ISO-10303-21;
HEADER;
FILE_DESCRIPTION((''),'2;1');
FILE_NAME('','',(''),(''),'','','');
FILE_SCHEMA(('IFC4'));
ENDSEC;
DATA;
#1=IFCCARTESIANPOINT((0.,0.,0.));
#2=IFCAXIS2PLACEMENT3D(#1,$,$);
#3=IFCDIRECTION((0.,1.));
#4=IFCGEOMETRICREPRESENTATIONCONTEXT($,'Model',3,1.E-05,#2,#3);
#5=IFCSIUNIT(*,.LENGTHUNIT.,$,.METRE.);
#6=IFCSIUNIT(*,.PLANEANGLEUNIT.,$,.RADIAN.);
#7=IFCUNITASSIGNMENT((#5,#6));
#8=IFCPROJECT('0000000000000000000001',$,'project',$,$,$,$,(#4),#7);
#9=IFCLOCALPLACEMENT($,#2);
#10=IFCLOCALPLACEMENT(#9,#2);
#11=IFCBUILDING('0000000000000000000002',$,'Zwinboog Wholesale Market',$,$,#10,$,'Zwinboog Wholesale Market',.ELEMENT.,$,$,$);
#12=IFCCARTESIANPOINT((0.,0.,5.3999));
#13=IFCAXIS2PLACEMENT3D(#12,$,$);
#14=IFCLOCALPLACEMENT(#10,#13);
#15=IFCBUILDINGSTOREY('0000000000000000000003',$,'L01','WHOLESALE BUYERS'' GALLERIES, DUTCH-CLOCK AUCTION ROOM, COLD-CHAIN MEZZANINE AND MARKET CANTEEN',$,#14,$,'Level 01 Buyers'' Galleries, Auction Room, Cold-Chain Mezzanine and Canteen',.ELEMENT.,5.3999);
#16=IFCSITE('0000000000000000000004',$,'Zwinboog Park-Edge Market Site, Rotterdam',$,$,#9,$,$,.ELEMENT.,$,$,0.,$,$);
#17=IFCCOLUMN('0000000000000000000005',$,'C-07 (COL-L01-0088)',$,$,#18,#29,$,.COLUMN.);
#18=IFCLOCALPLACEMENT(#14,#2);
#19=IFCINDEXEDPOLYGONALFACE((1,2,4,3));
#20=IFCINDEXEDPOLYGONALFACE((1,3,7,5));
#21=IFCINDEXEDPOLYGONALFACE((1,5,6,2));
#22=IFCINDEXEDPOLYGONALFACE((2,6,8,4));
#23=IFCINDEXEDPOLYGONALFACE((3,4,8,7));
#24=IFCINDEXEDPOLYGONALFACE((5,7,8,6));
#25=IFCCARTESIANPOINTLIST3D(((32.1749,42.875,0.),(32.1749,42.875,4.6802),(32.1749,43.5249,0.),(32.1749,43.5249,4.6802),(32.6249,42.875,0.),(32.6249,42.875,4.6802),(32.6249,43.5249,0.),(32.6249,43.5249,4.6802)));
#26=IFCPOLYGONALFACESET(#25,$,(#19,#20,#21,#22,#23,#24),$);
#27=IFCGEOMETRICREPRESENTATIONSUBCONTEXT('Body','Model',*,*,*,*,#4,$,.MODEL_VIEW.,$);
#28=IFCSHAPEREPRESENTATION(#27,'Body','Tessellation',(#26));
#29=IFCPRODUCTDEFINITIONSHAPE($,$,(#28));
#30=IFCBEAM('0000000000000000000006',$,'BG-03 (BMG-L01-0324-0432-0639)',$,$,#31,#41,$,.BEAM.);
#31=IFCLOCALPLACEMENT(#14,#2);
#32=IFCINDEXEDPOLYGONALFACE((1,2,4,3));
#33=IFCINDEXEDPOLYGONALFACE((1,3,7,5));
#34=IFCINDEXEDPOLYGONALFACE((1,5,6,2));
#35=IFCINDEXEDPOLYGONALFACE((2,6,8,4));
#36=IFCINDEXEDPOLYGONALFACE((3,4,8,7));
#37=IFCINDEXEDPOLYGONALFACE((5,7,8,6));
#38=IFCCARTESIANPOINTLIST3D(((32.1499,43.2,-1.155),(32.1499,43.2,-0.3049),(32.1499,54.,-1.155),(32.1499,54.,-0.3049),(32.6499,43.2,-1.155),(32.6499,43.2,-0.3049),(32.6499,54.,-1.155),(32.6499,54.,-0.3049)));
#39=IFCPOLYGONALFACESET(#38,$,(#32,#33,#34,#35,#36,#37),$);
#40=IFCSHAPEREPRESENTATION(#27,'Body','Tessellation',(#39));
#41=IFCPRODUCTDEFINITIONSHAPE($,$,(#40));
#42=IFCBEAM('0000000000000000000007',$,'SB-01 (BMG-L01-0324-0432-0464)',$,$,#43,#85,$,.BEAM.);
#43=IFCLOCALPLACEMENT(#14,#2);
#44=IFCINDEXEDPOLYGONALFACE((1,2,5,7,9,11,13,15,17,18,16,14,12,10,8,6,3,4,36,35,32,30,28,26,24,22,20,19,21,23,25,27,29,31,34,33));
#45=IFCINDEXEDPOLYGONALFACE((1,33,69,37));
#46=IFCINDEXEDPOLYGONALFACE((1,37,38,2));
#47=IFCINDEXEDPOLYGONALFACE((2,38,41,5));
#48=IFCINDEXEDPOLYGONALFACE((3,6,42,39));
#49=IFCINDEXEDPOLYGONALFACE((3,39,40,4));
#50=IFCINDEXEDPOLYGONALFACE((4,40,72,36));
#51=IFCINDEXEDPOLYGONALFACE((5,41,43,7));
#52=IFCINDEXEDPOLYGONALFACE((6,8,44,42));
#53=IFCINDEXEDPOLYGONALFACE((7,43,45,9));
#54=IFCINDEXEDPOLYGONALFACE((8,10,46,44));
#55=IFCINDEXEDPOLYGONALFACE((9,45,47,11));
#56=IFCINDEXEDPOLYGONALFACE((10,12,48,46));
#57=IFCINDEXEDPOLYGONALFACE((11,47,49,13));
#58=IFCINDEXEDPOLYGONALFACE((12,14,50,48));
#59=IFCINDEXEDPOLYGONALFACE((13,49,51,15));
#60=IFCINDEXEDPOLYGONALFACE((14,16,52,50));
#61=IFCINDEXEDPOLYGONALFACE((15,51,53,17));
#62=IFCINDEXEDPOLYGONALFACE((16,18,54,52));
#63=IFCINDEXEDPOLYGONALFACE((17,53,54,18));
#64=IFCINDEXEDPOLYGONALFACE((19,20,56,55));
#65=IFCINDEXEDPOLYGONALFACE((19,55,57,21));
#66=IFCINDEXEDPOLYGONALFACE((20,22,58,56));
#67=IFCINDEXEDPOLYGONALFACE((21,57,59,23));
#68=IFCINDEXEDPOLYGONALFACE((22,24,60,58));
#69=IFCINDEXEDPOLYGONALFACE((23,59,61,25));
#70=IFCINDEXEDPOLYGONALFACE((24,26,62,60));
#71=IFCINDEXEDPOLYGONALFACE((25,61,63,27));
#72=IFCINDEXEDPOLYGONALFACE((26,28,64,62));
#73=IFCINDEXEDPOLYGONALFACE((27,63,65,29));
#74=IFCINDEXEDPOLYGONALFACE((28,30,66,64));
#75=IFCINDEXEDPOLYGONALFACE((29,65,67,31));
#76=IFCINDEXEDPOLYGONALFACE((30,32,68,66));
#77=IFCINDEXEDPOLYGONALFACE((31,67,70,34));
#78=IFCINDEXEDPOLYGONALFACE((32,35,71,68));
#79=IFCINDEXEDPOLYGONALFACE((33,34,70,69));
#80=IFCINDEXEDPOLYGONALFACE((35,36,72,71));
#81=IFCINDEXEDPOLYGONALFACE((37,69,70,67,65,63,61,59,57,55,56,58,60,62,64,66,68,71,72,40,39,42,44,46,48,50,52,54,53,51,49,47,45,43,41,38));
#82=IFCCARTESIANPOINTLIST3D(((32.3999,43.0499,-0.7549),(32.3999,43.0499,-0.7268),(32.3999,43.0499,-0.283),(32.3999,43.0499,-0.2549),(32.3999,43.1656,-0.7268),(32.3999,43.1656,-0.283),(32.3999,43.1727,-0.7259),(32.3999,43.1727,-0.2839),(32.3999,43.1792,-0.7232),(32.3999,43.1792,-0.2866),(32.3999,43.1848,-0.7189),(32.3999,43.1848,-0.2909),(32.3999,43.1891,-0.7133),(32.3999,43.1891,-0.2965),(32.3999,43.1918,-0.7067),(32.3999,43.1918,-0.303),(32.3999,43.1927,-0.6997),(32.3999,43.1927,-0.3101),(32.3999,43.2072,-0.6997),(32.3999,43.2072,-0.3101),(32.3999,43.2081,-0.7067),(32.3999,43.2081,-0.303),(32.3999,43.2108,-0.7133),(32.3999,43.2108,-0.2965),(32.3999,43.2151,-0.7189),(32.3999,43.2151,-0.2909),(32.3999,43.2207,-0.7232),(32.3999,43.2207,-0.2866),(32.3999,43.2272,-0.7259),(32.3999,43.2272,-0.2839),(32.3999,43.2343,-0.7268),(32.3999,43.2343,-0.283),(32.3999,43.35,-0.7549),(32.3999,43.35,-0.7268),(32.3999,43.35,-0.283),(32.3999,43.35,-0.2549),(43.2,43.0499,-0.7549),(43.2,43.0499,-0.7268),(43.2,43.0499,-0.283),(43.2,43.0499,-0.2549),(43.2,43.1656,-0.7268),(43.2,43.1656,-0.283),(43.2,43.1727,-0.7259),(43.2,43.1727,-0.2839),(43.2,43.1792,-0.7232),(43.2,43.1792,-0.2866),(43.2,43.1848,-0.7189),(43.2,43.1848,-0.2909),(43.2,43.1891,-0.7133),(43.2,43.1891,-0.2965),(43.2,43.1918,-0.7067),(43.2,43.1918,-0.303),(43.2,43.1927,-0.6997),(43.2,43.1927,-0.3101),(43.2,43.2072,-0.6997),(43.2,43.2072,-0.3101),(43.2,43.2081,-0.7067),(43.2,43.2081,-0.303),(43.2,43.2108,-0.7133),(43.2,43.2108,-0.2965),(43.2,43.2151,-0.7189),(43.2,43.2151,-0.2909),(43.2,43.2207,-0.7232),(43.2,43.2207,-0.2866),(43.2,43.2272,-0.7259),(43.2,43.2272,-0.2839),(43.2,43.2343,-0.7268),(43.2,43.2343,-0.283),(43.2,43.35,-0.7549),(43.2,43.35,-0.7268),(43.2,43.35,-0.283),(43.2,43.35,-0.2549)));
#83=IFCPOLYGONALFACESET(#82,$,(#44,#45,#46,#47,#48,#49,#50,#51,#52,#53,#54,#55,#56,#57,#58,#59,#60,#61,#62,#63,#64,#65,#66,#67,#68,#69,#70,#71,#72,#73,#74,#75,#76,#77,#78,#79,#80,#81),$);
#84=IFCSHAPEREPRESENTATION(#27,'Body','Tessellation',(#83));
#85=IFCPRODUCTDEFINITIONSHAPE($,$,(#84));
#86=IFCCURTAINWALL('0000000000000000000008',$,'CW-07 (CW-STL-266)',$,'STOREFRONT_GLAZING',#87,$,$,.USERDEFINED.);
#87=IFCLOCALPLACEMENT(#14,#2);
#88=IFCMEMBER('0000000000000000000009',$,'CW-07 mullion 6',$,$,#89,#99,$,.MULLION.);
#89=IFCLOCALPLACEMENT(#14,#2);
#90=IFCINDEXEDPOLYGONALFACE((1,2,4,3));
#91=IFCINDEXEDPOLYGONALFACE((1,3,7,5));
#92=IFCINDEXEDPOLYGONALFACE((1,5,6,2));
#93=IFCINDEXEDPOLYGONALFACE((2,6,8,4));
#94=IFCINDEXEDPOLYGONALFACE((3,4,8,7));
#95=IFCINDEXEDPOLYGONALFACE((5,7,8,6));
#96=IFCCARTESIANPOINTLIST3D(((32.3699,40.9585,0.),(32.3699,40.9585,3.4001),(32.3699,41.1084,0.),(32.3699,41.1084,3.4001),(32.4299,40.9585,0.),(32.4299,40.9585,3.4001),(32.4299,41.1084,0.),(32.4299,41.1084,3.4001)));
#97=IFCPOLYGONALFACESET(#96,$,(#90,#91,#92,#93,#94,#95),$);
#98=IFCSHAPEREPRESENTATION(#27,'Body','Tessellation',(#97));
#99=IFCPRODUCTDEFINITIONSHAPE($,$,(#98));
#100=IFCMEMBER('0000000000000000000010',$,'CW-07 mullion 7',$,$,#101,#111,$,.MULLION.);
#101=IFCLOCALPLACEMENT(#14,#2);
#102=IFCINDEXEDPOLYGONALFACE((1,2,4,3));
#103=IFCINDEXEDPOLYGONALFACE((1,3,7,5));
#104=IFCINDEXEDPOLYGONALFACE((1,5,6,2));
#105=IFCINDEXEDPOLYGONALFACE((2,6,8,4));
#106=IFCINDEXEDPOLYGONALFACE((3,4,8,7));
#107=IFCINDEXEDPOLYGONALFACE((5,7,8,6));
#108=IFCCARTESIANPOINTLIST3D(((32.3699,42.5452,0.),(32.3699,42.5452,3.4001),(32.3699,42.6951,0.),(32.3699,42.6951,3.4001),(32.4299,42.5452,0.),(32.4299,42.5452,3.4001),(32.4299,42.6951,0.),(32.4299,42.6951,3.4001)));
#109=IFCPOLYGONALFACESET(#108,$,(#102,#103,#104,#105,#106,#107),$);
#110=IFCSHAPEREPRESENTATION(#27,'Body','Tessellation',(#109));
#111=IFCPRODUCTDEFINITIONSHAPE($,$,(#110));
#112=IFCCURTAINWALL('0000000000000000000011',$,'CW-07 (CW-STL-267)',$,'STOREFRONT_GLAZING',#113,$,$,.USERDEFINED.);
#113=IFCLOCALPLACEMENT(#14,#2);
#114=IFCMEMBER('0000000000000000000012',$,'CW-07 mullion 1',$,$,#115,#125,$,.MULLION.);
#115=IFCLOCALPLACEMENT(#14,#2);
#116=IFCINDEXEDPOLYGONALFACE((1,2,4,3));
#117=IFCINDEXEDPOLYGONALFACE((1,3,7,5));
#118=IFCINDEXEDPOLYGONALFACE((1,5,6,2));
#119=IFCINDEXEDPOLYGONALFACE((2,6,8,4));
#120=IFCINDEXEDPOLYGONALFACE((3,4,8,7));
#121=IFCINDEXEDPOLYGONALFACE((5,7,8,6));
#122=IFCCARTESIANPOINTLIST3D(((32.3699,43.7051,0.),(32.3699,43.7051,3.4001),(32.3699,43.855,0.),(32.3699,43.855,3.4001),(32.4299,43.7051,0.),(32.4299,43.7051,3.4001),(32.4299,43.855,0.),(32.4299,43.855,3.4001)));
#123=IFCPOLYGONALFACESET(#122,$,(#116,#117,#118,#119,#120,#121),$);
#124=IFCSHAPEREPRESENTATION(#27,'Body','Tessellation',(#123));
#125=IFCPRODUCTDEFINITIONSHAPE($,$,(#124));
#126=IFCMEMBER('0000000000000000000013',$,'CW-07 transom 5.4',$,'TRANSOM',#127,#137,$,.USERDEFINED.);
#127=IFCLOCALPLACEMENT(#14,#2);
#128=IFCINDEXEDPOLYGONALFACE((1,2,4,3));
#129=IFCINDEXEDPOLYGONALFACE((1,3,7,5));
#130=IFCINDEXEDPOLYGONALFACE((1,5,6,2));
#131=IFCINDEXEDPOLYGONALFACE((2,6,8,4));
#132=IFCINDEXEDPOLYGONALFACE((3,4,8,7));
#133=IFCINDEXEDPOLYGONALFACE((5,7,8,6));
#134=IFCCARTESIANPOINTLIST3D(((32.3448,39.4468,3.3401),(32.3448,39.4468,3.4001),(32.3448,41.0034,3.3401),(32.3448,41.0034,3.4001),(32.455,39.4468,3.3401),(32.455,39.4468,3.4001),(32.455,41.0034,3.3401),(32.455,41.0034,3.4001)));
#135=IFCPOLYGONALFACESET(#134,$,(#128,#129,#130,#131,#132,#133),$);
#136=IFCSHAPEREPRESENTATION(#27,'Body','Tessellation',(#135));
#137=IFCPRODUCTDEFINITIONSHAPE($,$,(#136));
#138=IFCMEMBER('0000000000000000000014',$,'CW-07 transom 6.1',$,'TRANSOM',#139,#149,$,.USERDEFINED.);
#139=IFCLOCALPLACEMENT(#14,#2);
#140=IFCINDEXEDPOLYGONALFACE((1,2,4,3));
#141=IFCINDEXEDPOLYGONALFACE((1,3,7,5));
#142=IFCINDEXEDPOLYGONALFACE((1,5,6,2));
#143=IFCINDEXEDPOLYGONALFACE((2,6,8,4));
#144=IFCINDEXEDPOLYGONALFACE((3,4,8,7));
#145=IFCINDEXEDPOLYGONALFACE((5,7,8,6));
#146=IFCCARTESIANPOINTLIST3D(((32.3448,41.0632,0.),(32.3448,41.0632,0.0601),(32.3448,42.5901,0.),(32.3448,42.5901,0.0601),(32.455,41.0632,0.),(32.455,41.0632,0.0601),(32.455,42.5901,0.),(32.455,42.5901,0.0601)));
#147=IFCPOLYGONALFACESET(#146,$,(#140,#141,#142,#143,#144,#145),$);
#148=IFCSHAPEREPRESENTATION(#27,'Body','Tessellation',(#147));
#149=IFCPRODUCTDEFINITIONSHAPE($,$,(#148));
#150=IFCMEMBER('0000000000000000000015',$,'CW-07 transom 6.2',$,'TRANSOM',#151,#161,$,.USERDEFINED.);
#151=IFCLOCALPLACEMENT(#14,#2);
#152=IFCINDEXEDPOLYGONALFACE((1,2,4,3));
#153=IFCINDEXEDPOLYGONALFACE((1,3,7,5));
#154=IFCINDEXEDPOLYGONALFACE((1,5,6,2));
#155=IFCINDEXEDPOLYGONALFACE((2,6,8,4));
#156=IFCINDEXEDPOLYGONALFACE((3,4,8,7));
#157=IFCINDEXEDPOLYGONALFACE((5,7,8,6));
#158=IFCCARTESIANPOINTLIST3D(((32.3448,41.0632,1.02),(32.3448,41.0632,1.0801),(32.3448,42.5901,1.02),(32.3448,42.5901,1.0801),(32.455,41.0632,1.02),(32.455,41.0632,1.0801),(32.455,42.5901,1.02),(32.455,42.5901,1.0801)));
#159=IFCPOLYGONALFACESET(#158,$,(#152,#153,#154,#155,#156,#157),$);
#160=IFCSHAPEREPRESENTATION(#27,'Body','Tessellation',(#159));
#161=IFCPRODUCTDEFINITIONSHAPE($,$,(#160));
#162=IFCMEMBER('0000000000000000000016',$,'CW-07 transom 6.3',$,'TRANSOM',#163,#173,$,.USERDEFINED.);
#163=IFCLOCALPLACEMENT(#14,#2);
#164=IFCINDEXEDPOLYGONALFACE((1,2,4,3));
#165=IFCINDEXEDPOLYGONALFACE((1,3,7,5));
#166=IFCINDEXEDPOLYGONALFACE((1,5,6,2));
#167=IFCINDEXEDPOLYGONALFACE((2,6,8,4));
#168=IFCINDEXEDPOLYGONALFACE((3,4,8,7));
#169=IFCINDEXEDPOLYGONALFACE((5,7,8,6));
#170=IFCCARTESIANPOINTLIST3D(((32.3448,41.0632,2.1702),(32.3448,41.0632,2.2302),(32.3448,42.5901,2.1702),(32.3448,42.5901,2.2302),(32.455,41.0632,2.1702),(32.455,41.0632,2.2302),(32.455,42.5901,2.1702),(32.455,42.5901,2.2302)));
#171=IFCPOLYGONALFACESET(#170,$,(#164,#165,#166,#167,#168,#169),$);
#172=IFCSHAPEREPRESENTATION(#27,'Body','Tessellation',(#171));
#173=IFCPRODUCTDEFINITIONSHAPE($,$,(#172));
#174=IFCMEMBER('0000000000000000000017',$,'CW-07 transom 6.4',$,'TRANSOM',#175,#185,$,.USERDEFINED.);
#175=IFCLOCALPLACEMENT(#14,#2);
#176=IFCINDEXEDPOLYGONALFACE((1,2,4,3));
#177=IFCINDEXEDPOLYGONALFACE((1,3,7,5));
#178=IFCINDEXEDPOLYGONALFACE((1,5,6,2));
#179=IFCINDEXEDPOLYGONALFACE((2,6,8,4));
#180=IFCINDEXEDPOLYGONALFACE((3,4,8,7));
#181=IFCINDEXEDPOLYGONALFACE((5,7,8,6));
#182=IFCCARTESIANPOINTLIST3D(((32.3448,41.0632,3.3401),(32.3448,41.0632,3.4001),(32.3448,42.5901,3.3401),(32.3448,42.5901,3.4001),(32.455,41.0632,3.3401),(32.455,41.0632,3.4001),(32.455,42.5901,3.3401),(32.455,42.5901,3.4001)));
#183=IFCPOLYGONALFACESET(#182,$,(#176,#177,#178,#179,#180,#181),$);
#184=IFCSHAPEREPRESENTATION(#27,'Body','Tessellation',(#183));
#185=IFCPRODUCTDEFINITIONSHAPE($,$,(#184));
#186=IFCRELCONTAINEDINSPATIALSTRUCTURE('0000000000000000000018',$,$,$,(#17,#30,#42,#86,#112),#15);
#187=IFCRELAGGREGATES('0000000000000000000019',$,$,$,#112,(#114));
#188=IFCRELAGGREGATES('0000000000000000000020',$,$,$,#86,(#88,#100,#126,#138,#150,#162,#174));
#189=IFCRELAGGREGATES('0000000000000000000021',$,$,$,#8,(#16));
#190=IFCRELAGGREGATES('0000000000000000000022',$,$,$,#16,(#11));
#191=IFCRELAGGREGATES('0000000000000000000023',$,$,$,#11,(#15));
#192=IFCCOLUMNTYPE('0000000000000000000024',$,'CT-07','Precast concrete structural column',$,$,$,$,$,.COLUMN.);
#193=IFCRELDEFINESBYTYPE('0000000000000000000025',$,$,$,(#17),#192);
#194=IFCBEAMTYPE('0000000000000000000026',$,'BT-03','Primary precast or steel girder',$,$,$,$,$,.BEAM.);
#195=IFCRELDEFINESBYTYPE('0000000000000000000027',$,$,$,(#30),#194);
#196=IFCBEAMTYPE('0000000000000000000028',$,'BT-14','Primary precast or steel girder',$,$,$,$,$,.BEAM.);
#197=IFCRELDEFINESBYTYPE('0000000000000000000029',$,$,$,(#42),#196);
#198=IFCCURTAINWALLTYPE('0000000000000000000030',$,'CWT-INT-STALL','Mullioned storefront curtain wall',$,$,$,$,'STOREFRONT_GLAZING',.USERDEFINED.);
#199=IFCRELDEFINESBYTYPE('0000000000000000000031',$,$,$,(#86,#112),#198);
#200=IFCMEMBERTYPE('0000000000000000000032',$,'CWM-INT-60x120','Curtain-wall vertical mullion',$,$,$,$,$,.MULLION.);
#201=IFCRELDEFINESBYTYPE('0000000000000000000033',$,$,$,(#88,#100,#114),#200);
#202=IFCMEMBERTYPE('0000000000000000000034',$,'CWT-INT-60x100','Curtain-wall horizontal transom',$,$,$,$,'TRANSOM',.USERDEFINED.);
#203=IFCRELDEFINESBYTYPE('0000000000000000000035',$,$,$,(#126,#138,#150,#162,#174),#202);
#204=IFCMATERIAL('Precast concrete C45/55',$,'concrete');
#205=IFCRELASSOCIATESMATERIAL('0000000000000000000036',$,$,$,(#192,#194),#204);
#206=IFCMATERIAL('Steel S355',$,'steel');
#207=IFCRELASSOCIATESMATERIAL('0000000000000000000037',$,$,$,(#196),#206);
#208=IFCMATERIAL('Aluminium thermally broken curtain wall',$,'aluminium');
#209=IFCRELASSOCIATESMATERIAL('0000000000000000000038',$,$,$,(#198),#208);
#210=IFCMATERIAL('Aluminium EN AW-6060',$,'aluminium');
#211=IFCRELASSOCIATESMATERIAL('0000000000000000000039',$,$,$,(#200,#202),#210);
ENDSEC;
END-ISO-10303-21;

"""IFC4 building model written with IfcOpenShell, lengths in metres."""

from ifc_helpers import new_model, si_unit, direction, frame, origin, origin_2d, place, context, subcontext, project, spatial, rectangle, i_section, extrude, material, material_profile, profile_set, type_object, element, aggregate, save


model = new_model("IFC4")

# Units and contexts
model_context = context("Model", 3, precision=1e-05, world=origin(), true_north=direction((0.0, 1.0)))
body_context = subcontext(model_context, "Body", "Model", "MODEL_VIEW")
ifc_project = project(units=[si_unit("LENGTHUNIT", "METRE"), si_unit("PLANEANGLEUNIT", "RADIAN")], contexts=[model_context])

# Site, building, storey
site_placement = place(None, origin())
site = spatial("IfcSite", under=ifc_project, at=site_placement, Name="Zwinboog Park-Edge Market Site, Rotterdam", CompositionType="ELEMENT", RefElevation=0.0)
building_placement = place(site_placement, origin())
building = spatial("IfcBuilding", under=site, at=building_placement, Name="Zwinboog Wholesale Market", LongName="Zwinboog Wholesale Market", CompositionType="ELEMENT")
storey_placement = place(building_placement, frame((0.0, 0.0, 5.3999)))
storey = spatial("IfcBuildingStorey", under=building, at=storey_placement, Name="L01", Description="WHOLESALE BUYERS' GALLERIES, DUTCH-CLOCK AUCTION ROOM, COLD-CHAIN MEZZANINE AND MARKET CANTEEN", LongName="Level 01 Buyers' Galleries, Auction Room, Cold-Chain Mezzanine and Canteen", CompositionType="ELEMENT", Elevation=5.3999)

# Column
ifc_material_1 = material(Name="Precast concrete C45/55", Category="concrete")
ifc_material_profile_1 = material_profile(ifc_material_1, rectangle(XDim=0.45, YDim=0.6499, at=origin_2d()), Name="PC 450x650")
ifc_profile_set_1 = profile_set([ifc_material_profile_1], Name="Precast concrete C45/55")
column_type = type_object("IfcColumnType", Name="CT-07", Description="Precast concrete structural column", PredefinedType="COLUMN", material=ifc_profile_set_1)
column_placement = place(storey_placement, frame((32.3999, 43.2, 0.0), z_axis=(0.0, 0.0, 1.0), x_axis=(1.0, 0.0, 0.0)))
element("IfcColumn", 1, at=column_placement, inside=storey, type_object=column_type, Name="C-07 (COL-L01-0088)", PredefinedType="COLUMN", context=body_context, shape_type="SweptSolid", body=[
    extrude(rectangle(XDim=0.45, YDim=0.6499, at=origin_2d()), origin(), (0.0, 0.0, 1.0), 4.6802),
])

# Beams
ifc_material_profile_2 = material_profile(ifc_material_1, rectangle(XDim=0.5, YDim=0.8501, at=origin_2d()), Name="PC 500x850")
ifc_profile_set_2 = profile_set([ifc_material_profile_2], Name="Precast concrete C45/55")
beam_type_1 = type_object("IfcBeamType", Name="BT-03", Description="Primary precast or steel girder", PredefinedType="BEAM", material=ifc_profile_set_2)
beam_1_placement = place(storey_placement, frame((32.3999, 43.2, -0.73), z_axis=(0.0, 1.0, 0.0), x_axis=(-1.0, 0.0, 0.0)))
element("IfcBeam", 2, at=beam_1_placement, inside=storey, type_object=beam_type_1, Name="BG-03 (BMG-L01-0324-0432-0639)", PredefinedType="BEAM", context=body_context, shape_type="SweptSolid", body=[
    extrude(rectangle(XDim=0.5, YDim=0.8501, at=origin_2d()), origin(), (0.0, 0.0, 1.0), 10.8),
])
ifc_material_2 = material(Name="Steel S355", Category="steel")
ifc_material_profile_3 = material_profile(ifc_material_2, i_section(OverallWidth=0.3, OverallDepth=0.5, WebThickness=0.0144, FlangeThickness=0.0281, FilletRadius=0.0271, at=origin_2d()), Name="HEB 500")
ifc_profile_set_3 = profile_set([ifc_material_profile_3], Name="Steel S355")
beam_type_2 = type_object("IfcBeamType", Name="BT-14", Description="Primary precast or steel girder", PredefinedType="BEAM", material=ifc_profile_set_3)
beam_2_placement = place(storey_placement, frame((32.3999, 43.2, -0.5049), z_axis=(1.0, 0.0, 0.0), x_axis=(0.0, 1.0, 0.0)))
element("IfcBeam", 3, at=beam_2_placement, inside=storey, type_object=beam_type_2, Name="SB-01 (BMG-L01-0324-0432-0464)", PredefinedType="BEAM", context=body_context, shape_type="SweptSolid", body=[
    extrude(i_section(OverallWidth=0.3, OverallDepth=0.5, WebThickness=0.0144, FlangeThickness=0.0281, FilletRadius=0.0271, at=origin_2d()), origin(), (0.0, 0.0, 1.0), 10.8),
])

# Curtain wall, members
ifc_material_3 = material(Name="Aluminium thermally broken curtain wall", Category="aluminium")
curtain_wall_type = type_object("IfcCurtainWallType", Name="CWT-INT-STALL", Description="Mullioned storefront curtain wall", ElementType="STOREFRONT_GLAZING", PredefinedType="USERDEFINED", material=ifc_material_3)
curtain_wall_1_placement = place(storey_placement, origin())
curtain_wall_1 = element("IfcCurtainWall", 4, at=curtain_wall_1_placement, inside=storey, type_object=curtain_wall_type, Name="CW-07 (CW-STL-266)", ObjectType="STOREFRONT_GLAZING", PredefinedType="USERDEFINED")
ifc_material_4 = material(Name="Aluminium EN AW-6060", Category="aluminium")
ifc_material_profile_4 = material_profile(ifc_material_4, rectangle(XDim=0.0601, YDim=0.1499, at=origin_2d()), Name="AL 60x150")
ifc_profile_set_4 = profile_set([ifc_material_profile_4], Name="Aluminium EN AW-6060")
member_type_1 = type_object("IfcMemberType", Name="CWM-INT-60x120", Description="Curtain-wall vertical mullion", PredefinedType="MULLION", material=ifc_profile_set_4)
member_1_placement = place(storey_placement, frame((32.3999, 41.0334, 0.0), z_axis=(0.0, 0.0, 1.0), x_axis=(-1.0, 0.0, 0.0)))
member_1 = element("IfcMember", 5, at=member_1_placement, type_object=member_type_1, Name="CW-07 mullion 6", PredefinedType="MULLION", context=body_context, shape_type="SweptSolid", body=[
    extrude(rectangle(XDim=0.0601, YDim=0.1499, at=origin_2d()), origin(), (0.0, 0.0, 1.0), 3.4001),
])
member_2_placement = place(storey_placement, frame((32.3999, 42.6201, 0.0), z_axis=(0.0, 0.0, 1.0), x_axis=(-1.0, 0.0, 0.0)))
member_2 = element("IfcMember", 6, at=member_2_placement, type_object=member_type_1, Name="CW-07 mullion 7", PredefinedType="MULLION", context=body_context, shape_type="SweptSolid", body=[
    extrude(rectangle(XDim=0.0601, YDim=0.1499, at=origin_2d()), origin(), (0.0, 0.0, 1.0), 3.4001),
])

# Curtain wall, member
curtain_wall_2_placement = place(storey_placement, origin())
curtain_wall_2 = element("IfcCurtainWall", 7, at=curtain_wall_2_placement, inside=storey, type_object=curtain_wall_type, Name="CW-07 (CW-STL-267)", ObjectType="STOREFRONT_GLAZING", PredefinedType="USERDEFINED")
member_3_placement = place(storey_placement, frame((32.3999, 43.78, 0.0), z_axis=(0.0, 0.0, 1.0), x_axis=(-1.0, 0.0, 0.0)))
member_3 = element("IfcMember", 8, at=member_3_placement, type_object=member_type_1, Name="CW-07 mullion 1", PredefinedType="MULLION", context=body_context, shape_type="SweptSolid", body=[
    extrude(rectangle(XDim=0.0601, YDim=0.1499, at=origin_2d()), origin(), (0.0, 0.0, 1.0), 3.4001),
])

# Members
ifc_material_profile_5 = material_profile(ifc_material_4, rectangle(XDim=0.1101, YDim=0.0601, at=origin_2d()), Name="AL 60x110")
ifc_profile_set_5 = profile_set([ifc_material_profile_5], Name="Aluminium EN AW-6060")
member_type_2 = type_object("IfcMemberType", Name="CWT-INT-60x100", Description="Curtain-wall horizontal transom", ElementType="TRANSOM", PredefinedType="USERDEFINED", material=ifc_profile_set_5)
member_4_placement = place(storey_placement, frame((32.3999, 39.4468, 3.3701), z_axis=(0.0, 1.0, 0.0), x_axis=(-1.0, 0.0, 0.0)))
member_4 = element("IfcMember", 9, at=member_4_placement, type_object=member_type_2, Name="CW-07 transom 5.4", ObjectType="TRANSOM", PredefinedType="USERDEFINED", context=body_context, shape_type="SweptSolid", body=[
    extrude(rectangle(XDim=0.1101, YDim=0.0601, at=origin_2d()), origin(), (0.0, 0.0, 1.0), 1.5566),
])
member_5_placement = place(storey_placement, frame((32.3999, 41.0632, 0.03), z_axis=(0.0, 1.0, 0.0), x_axis=(-1.0, 0.0, 0.0)))
member_5 = element("IfcMember", 10, at=member_5_placement, type_object=member_type_2, Name="CW-07 transom 6.1", ObjectType="TRANSOM", PredefinedType="USERDEFINED", context=body_context, shape_type="SweptSolid", body=[
    extrude(rectangle(XDim=0.1101, YDim=0.0601, at=origin_2d()), origin(), (0.0, 0.0, 1.0), 1.5269),
])
member_6_placement = place(storey_placement, frame((32.3999, 41.0632, 1.05), z_axis=(0.0, 1.0, 0.0), x_axis=(-1.0, 0.0, 0.0)))
member_6 = element("IfcMember", 11, at=member_6_placement, type_object=member_type_2, Name="CW-07 transom 6.2", ObjectType="TRANSOM", PredefinedType="USERDEFINED", context=body_context, shape_type="SweptSolid", body=[
    extrude(rectangle(XDim=0.1101, YDim=0.0601, at=origin_2d()), origin(), (0.0, 0.0, 1.0), 1.5269),
])
member_7_placement = place(storey_placement, frame((32.3999, 41.0632, 2.2002), z_axis=(0.0, 1.0, 0.0), x_axis=(-1.0, 0.0, 0.0)))
member_7 = element("IfcMember", 12, at=member_7_placement, type_object=member_type_2, Name="CW-07 transom 6.3", ObjectType="TRANSOM", PredefinedType="USERDEFINED", context=body_context, shape_type="SweptSolid", body=[
    extrude(rectangle(XDim=0.1101, YDim=0.0601, at=origin_2d()), origin(), (0.0, 0.0, 1.0), 1.5269),
])
member_8_placement = place(storey_placement, frame((32.3999, 41.0632, 3.3701), z_axis=(0.0, 1.0, 0.0), x_axis=(-1.0, 0.0, 0.0)))
member_8 = element("IfcMember", 13, at=member_8_placement, type_object=member_type_2, Name="CW-07 transom 6.4", ObjectType="TRANSOM", PredefinedType="USERDEFINED", context=body_context, shape_type="SweptSolid", body=[
    extrude(rectangle(XDim=0.1101, YDim=0.0601, at=origin_2d()), origin(), (0.0, 0.0, 1.0), 1.5269),
])
aggregate(curtain_wall_2, [member_3])

aggregate(curtain_wall_1, [member_1, member_2, member_4, member_5, member_6, member_7, member_8])

save(model, "model.ifc")
